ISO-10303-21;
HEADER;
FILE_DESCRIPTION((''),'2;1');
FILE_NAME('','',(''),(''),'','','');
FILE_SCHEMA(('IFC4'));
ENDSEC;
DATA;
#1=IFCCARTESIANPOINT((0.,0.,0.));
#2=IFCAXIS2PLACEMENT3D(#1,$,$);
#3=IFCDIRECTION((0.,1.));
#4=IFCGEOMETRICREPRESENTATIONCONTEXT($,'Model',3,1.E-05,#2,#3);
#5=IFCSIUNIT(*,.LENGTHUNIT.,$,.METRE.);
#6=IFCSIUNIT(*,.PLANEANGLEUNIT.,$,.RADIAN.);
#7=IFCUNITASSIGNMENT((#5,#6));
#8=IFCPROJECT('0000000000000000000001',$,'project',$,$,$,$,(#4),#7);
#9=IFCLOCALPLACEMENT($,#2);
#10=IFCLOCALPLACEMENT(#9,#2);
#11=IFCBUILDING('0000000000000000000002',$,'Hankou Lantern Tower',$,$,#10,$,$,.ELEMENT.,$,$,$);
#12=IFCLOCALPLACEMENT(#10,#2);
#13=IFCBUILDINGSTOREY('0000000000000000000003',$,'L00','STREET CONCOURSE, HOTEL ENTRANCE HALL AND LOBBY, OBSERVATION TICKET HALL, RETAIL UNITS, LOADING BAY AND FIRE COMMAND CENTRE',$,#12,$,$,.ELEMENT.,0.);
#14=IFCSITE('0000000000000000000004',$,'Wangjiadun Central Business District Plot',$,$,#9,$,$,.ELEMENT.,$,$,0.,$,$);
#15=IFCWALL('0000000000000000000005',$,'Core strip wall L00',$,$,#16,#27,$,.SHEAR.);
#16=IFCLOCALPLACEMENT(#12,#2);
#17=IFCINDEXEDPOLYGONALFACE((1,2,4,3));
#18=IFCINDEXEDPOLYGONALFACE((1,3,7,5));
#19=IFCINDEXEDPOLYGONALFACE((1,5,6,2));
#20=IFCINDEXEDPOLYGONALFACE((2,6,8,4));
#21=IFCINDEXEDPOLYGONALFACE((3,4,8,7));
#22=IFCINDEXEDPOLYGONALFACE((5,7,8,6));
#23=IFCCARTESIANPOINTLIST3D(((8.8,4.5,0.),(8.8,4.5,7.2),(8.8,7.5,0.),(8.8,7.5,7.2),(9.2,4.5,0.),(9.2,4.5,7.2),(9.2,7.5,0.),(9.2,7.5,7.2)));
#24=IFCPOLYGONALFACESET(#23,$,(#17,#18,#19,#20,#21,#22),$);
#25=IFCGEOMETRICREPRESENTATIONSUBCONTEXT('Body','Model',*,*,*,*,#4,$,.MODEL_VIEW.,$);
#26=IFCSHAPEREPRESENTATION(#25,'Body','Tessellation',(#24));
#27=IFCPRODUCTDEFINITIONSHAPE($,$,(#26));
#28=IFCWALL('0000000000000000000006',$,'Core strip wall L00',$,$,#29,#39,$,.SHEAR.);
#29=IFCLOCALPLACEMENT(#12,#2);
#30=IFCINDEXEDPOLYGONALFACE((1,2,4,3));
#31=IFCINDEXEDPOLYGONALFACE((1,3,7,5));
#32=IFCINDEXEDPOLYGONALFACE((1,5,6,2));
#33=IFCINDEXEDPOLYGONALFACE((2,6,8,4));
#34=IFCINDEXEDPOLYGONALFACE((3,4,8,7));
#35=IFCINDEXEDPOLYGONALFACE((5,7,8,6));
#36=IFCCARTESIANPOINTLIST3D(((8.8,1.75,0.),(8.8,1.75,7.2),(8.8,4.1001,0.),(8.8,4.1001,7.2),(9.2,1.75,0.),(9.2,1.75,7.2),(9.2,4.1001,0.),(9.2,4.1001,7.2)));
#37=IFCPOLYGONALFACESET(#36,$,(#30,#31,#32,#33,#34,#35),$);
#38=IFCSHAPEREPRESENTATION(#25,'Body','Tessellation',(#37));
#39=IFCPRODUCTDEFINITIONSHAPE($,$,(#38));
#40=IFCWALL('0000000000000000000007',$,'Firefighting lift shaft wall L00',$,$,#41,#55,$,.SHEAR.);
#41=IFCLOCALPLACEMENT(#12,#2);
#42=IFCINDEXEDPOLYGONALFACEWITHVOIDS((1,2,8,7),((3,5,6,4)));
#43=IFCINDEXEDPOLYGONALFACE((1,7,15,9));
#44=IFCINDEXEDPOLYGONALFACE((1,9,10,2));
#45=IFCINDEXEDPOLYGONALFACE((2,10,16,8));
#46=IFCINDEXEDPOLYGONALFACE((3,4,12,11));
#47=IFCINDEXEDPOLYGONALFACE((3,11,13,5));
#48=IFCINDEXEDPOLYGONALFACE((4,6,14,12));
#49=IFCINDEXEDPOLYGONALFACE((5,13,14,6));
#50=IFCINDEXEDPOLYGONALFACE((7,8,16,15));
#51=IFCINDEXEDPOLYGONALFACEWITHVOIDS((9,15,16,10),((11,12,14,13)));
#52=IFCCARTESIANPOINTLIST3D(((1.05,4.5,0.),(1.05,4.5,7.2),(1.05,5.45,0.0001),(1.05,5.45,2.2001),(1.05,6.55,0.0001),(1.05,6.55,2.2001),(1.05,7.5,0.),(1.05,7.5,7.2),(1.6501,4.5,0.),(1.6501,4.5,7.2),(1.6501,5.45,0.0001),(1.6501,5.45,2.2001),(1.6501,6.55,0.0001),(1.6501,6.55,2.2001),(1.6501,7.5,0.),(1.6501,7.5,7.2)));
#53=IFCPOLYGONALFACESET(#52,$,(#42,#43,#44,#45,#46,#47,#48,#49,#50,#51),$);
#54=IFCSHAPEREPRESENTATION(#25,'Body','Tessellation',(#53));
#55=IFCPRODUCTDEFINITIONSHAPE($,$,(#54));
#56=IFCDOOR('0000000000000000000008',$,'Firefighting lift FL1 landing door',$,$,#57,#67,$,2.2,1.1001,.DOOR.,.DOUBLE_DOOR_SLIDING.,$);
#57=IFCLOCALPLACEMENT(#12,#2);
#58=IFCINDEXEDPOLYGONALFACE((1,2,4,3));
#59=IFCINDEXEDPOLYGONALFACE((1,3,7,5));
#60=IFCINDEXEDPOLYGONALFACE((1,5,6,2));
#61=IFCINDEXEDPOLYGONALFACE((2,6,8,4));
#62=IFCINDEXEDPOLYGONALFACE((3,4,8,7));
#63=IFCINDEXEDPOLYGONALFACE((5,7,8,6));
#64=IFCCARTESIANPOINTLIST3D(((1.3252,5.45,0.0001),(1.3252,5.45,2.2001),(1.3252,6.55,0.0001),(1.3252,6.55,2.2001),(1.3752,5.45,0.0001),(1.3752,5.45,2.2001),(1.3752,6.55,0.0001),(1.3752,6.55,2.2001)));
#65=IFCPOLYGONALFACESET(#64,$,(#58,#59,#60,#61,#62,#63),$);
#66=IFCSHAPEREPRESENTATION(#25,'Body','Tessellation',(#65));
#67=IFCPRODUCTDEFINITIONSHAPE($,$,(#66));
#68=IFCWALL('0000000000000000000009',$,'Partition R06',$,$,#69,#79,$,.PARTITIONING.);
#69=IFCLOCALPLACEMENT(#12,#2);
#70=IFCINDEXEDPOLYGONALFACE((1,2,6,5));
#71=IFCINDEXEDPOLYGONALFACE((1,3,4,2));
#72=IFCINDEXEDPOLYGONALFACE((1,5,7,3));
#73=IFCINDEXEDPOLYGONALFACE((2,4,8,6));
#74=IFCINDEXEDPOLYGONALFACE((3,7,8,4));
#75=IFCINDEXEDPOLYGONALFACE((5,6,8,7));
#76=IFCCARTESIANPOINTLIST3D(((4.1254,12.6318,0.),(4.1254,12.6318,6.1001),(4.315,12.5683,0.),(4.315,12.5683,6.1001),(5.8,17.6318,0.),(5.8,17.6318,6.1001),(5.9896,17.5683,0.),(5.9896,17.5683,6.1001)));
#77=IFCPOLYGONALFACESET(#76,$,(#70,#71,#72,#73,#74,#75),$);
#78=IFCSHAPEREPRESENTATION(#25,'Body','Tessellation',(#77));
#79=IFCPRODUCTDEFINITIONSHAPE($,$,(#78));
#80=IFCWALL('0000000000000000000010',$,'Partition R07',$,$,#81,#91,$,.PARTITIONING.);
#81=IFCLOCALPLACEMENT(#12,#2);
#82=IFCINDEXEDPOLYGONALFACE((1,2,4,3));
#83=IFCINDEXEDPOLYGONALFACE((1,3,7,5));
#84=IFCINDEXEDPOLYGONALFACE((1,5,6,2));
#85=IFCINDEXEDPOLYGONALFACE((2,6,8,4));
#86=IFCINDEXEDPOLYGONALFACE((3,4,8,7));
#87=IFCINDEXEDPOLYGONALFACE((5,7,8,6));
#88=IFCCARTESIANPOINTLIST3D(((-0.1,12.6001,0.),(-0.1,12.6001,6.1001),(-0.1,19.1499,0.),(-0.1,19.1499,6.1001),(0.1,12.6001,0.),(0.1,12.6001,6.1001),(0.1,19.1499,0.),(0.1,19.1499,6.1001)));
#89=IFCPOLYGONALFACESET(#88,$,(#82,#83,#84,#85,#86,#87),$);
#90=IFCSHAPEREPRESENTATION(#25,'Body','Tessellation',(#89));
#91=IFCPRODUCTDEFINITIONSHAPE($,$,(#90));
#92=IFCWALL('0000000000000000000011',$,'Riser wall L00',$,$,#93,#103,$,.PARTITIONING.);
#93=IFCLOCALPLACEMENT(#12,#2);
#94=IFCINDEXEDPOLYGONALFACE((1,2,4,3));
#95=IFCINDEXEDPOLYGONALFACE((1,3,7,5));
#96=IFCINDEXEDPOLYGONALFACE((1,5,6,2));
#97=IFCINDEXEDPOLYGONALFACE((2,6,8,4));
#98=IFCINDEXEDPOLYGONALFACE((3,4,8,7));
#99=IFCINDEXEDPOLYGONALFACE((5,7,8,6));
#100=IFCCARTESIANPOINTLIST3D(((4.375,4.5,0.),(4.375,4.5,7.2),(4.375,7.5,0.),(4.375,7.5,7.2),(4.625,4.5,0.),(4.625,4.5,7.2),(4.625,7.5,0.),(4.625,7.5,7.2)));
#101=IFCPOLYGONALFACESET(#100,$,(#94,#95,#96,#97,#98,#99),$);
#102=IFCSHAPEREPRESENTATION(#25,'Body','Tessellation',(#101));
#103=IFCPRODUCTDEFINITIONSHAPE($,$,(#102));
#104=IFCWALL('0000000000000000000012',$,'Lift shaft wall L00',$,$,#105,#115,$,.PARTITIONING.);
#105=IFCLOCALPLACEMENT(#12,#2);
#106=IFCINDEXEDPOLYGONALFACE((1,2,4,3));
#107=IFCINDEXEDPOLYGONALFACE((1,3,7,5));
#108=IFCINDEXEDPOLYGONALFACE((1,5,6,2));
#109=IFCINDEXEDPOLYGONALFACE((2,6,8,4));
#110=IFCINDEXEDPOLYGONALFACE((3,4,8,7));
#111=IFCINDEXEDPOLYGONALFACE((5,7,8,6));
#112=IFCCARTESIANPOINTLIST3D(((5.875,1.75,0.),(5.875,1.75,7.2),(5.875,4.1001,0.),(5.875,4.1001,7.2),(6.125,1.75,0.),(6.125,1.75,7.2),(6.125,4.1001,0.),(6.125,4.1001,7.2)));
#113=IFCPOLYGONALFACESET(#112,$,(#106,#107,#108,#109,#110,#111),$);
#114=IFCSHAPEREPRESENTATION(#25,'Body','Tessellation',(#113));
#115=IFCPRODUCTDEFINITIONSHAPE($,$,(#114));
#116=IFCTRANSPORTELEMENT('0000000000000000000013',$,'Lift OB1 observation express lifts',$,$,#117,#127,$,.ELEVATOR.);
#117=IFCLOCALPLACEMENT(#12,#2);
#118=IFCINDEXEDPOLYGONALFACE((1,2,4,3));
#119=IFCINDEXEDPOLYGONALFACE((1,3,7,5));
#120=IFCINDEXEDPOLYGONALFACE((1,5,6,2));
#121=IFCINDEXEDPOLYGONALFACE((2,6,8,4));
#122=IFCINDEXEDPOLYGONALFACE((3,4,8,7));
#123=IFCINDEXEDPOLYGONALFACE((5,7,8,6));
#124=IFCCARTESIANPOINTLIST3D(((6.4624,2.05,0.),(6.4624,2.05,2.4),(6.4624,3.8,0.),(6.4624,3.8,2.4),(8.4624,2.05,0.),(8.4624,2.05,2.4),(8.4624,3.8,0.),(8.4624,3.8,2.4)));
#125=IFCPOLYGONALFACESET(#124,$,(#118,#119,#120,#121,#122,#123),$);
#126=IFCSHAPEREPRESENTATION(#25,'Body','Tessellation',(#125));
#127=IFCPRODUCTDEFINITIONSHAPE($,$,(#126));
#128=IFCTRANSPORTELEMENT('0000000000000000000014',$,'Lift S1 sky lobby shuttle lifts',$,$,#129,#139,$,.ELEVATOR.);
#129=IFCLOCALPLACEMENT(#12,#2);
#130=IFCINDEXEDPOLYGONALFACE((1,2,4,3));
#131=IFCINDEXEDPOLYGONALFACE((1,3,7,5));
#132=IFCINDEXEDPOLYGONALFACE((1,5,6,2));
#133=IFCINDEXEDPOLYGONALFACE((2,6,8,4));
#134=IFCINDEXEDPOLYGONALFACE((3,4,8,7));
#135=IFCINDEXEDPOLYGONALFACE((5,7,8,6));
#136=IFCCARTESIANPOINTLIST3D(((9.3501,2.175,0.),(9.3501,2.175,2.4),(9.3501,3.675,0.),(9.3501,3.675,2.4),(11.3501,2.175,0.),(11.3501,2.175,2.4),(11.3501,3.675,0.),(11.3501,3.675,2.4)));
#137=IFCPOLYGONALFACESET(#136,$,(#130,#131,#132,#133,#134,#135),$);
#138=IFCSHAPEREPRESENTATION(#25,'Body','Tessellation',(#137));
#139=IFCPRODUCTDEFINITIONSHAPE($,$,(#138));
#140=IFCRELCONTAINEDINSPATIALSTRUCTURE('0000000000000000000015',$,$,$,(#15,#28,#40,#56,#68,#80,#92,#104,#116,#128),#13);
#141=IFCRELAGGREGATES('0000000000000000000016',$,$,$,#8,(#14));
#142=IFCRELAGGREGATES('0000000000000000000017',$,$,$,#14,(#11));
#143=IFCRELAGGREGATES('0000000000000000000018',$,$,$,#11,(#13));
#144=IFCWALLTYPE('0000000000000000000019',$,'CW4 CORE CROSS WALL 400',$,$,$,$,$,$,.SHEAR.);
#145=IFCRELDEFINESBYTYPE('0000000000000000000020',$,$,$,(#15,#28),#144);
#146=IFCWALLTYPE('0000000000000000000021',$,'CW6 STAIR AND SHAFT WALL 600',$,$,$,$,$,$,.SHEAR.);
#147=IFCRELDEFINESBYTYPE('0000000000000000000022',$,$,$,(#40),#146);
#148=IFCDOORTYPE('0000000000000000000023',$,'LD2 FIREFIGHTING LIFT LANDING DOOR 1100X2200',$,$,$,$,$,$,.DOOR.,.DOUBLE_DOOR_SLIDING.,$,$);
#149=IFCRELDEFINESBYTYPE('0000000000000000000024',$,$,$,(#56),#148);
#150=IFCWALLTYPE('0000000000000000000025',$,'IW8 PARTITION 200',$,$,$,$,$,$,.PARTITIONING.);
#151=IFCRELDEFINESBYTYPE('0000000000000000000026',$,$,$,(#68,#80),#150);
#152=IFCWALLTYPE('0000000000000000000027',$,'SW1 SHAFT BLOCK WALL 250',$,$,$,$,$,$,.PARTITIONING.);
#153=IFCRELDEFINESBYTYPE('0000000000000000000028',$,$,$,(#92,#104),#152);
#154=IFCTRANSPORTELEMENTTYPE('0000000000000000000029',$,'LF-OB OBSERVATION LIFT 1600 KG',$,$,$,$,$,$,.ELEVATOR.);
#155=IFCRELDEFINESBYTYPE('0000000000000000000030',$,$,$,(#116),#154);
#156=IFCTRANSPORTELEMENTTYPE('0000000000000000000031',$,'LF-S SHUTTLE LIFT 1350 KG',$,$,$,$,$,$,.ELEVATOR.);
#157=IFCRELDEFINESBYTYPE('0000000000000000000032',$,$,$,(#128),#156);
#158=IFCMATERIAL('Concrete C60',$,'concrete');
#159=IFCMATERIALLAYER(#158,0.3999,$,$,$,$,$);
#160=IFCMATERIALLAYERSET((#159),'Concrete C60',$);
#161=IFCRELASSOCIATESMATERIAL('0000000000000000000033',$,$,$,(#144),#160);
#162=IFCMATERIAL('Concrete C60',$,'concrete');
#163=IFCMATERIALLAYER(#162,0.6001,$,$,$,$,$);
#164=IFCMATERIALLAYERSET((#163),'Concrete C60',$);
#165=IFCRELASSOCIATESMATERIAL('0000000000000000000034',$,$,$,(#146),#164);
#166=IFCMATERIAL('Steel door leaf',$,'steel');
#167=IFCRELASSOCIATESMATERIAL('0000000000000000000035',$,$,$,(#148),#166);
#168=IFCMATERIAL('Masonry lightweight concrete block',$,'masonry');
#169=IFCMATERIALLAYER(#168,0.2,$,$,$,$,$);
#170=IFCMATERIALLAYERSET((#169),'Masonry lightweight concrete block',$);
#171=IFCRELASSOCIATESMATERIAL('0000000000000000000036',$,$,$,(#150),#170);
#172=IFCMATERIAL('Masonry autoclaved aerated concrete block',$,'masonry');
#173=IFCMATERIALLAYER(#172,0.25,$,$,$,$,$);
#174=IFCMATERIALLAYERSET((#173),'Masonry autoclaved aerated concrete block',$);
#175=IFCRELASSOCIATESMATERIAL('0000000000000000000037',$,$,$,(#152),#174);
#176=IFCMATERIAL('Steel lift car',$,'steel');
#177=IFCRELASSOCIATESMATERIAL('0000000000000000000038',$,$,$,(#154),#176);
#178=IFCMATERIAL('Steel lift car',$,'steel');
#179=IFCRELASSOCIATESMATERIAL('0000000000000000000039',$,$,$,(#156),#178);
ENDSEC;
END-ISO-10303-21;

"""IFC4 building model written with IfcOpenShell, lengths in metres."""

from ifc_helpers import new_model, si_unit, direction, frame, frame_2d, origin, origin_2d, place, context, subcontext, project, spatial, rectangle, extrude, material, layer, layer_set, type_object, element, fill, save


model = new_model("IFC4")

# Units and contexts
model_context = context("Model", 3, precision=1e-05, world=origin(), true_north=direction((0.0, 1.0)))
body_context = subcontext(model_context, "Body", "Model", "MODEL_VIEW")
ifc_project = project(units=[si_unit("LENGTHUNIT", "METRE"), si_unit("PLANEANGLEUNIT", "RADIAN")], contexts=[model_context])

# Site, building, storey
site_placement = place(None, origin())
site = spatial("IfcSite", under=ifc_project, at=site_placement, Name="Wangjiadun Central Business District Plot", CompositionType="ELEMENT", RefElevation=0.0)
building_placement = place(site_placement, origin())
building = spatial("IfcBuilding", under=site, at=building_placement, Name="Hankou Lantern Tower", CompositionType="ELEMENT")
storey_placement = place(building_placement, origin())
storey = spatial("IfcBuildingStorey", under=building, at=storey_placement, Name="L00", Description="STREET CONCOURSE, HOTEL ENTRANCE HALL AND LOBBY, OBSERVATION TICKET HALL, RETAIL UNITS, LOADING BAY AND FIRE COMMAND CENTRE", CompositionType="ELEMENT", Elevation=0.0)

# Walls
ifc_material_1 = material(Name="Concrete C60", Category="concrete")
ifc_layer_1 = layer(ifc_material_1, 0.3999)
ifc_layer_set_1 = layer_set([ifc_layer_1], Name="Concrete C60")
wall_type_1 = type_object("IfcWallType", Name="CW4 CORE CROSS WALL 400", PredefinedType="SHEAR", material=ifc_layer_set_1)
wall_1_placement = place(storey_placement, frame((9.0, 4.5, 0.0), z_axis=(0.0, 0.0, 1.0), x_axis=(0.0, 1.0, 0.0)))
element("IfcWall", 1, at=wall_1_placement, inside=storey, type_object=wall_type_1, Name="Core strip wall L00", PredefinedType="SHEAR", context=body_context, shape_type="SweptSolid", body=[
    extrude(rectangle(XDim=3.0, YDim=0.3999, at=frame_2d((1.5, 0.0))), origin(), (0.0, 0.0, 1.0), 7.2),
])
wall_2_placement = place(storey_placement, frame((9.0, 1.75, 0.0), z_axis=(0.0, 0.0, 1.0), x_axis=(0.0, 1.0, 0.0)))
element("IfcWall", 2, at=wall_2_placement, inside=storey, type_object=wall_type_1, Name="Core strip wall L00", PredefinedType="SHEAR", context=body_context, shape_type="SweptSolid", body=[
    extrude(rectangle(XDim=2.3501, YDim=0.3999, at=frame_2d((1.175, 0.0))), origin(), (0.0, 0.0, 1.0), 7.2),
])

# Wall, opening, door
ifc_material_2 = material(Name="Concrete C60", Category="concrete")
ifc_layer_2 = layer(ifc_material_2, 0.6001)
ifc_layer_set_2 = layer_set([ifc_layer_2], Name="Concrete C60")
wall_type_2 = type_object("IfcWallType", Name="CW6 STAIR AND SHAFT WALL 600", PredefinedType="SHEAR", material=ifc_layer_set_2)
wall_3_placement = place(storey_placement, frame((1.3501, 4.5, 0.0), z_axis=(0.0, 0.0, 1.0), x_axis=(0.0, 1.0, 0.0)))
wall_3 = element("IfcWall", 3, at=wall_3_placement, inside=storey, type_object=wall_type_2, Name="Firefighting lift shaft wall L00", PredefinedType="SHEAR", context=body_context, shape_type="SweptSolid", body=[
    extrude(rectangle(XDim=3.0, YDim=0.6001, at=frame_2d((1.5, 0.0))), origin(), (0.0, 0.0, 1.0), 7.2),
])
opening_placement = place(wall_3_placement, frame((0.95, 0.0, 0.0)))
opening = element("IfcOpeningElement", 4, at=opening_placement, cuts=wall_3, PredefinedType="OPENING", context=body_context, shape_type="SweptSolid", body=[
    extrude(rectangle(XDim=1.1001, YDim=2.2, at=frame_2d((0.55, 1.1001))), frame((0.0, 0.3101, 0.0), z_axis=(0.0, -1.0, 0.0), x_axis=(1.0, 0.0, 0.0)), (0.0, 0.0, 1.0), 0.6201),
])
ifc_material_3 = material(Name="Steel door leaf", Category="steel")
door_type = type_object("IfcDoorType", Name="LD2 FIREFIGHTING LIFT LANDING DOOR 1100X2200", OperationType="DOUBLE_DOOR_SLIDING", PredefinedType="DOOR", material=ifc_material_3)
door_placement = place(opening_placement, origin())
door = element("IfcDoor", 5, at=door_placement, inside=storey, type_object=door_type, Name="Firefighting lift FL1 landing door", OperationType="DOUBLE_DOOR_SLIDING", OverallHeight=2.2, OverallWidth=1.1001, PredefinedType="DOOR", context=body_context, shape_type="SweptSolid", body=[
    extrude(rectangle(XDim=1.1001, YDim=2.2, at=frame_2d((0.55, 1.1001))), frame((0.0, 0.0249, 0.0), z_axis=(0.0, -1.0, 0.0), x_axis=(1.0, 0.0, 0.0)), (0.0, 0.0, 1.0), 0.05),
])
fill(opening, door)

# Walls
ifc_material_4 = material(Name="Masonry lightweight concrete block", Category="masonry")
ifc_layer_3 = layer(ifc_material_4, 0.2)
ifc_layer_set_3 = layer_set([ifc_layer_3], Name="Masonry lightweight concrete block")
wall_type_3 = type_object("IfcWallType", Name="IW8 PARTITION 200", PredefinedType="PARTITIONING", material=ifc_layer_set_3)
wall_4_placement = place(storey_placement, frame((4.2202, 12.6001, 0.0), z_axis=(0.0, 0.0, 1.0), x_axis=(0.317575, 0.948233, 0.0)))
element("IfcWall", 6, at=wall_4_placement, inside=storey, type_object=wall_type_3, Name="Partition R06", PredefinedType="PARTITIONING", context=body_context, shape_type="SweptSolid", body=[
    extrude(rectangle(XDim=5.2729, YDim=0.2, at=frame_2d((2.6365, 0.0))), origin(), (0.0, 0.0, 1.0), 6.1001),
])
wall_5_placement = place(storey_placement, frame((0.0, 12.6001, 0.0), z_axis=(0.0, 0.0, 1.0), x_axis=(0.0, 1.0, 0.0)))
element("IfcWall", 7, at=wall_5_placement, inside=storey, type_object=wall_type_3, Name="Partition R07", PredefinedType="PARTITIONING", context=body_context, shape_type="SweptSolid", body=[
    extrude(rectangle(XDim=6.5498, YDim=0.2, at=frame_2d((3.2749, 0.0))), origin(), (0.0, 0.0, 1.0), 6.1001),
])
ifc_material_5 = material(Name="Masonry autoclaved aerated concrete block", Category="masonry")
ifc_layer_4 = layer(ifc_material_5, 0.25)
ifc_layer_set_4 = layer_set([ifc_layer_4], Name="Masonry autoclaved aerated concrete block")
wall_type_4 = type_object("IfcWallType", Name="SW1 SHAFT BLOCK WALL 250", PredefinedType="PARTITIONING", material=ifc_layer_set_4)
wall_6_placement = place(storey_placement, frame((4.5, 4.5, 0.0), z_axis=(0.0, 0.0, 1.0), x_axis=(0.0, 1.0, 0.0)))
element("IfcWall", 8, at=wall_6_placement, inside=storey, type_object=wall_type_4, Name="Riser wall L00", PredefinedType="PARTITIONING", context=body_context, shape_type="SweptSolid", body=[
    extrude(rectangle(XDim=3.0, YDim=0.25, at=frame_2d((1.5, 0.0))), origin(), (0.0, 0.0, 1.0), 7.2),
])
wall_7_placement = place(storey_placement, frame((6.0, 1.75, 0.0), z_axis=(0.0, 0.0, 1.0), x_axis=(0.0, 1.0, 0.0)))
element("IfcWall", 9, at=wall_7_placement, inside=storey, type_object=wall_type_4, Name="Lift shaft wall L00", PredefinedType="PARTITIONING", context=body_context, shape_type="SweptSolid", body=[
    extrude(rectangle(XDim=2.3501, YDim=0.25, at=frame_2d((1.175, 0.0))), origin(), (0.0, 0.0, 1.0), 7.2),
])

# Transport elements
ifc_material_6 = material(Name="Steel lift car", Category="steel")
transport_element_type_1 = type_object("IfcTransportElementType", Name="LF-OB OBSERVATION LIFT 1600 KG", PredefinedType="ELEVATOR", material=ifc_material_6)
transport_element_1_placement = place(storey_placement, frame((7.4624, 2.925, 0.0), z_axis=(0.0, 0.0, 1.0), x_axis=(1.0, 0.0, 0.0)))
element("IfcTransportElement", 10, at=transport_element_1_placement, inside=storey, type_object=transport_element_type_1, Name="Lift OB1 observation express lifts", PredefinedType="ELEVATOR", context=body_context, shape_type="SweptSolid", body=[
    extrude(rectangle(XDim=2.0, YDim=1.75, at=origin_2d()), origin(), (0.0, 0.0, 1.0), 2.4),
])
ifc_material_7 = material(Name="Steel lift car", Category="steel")
transport_element_type_2 = type_object("IfcTransportElementType", Name="LF-S SHUTTLE LIFT 1350 KG", PredefinedType="ELEVATOR", material=ifc_material_7)
transport_element_2_placement = place(storey_placement, frame((10.3501, 2.925, 0.0), z_axis=(0.0, 0.0, 1.0), x_axis=(1.0, 0.0, 0.0)))
element("IfcTransportElement", 11, at=transport_element_2_placement, inside=storey, type_object=transport_element_type_2, Name="Lift S1 sky lobby shuttle lifts", PredefinedType="ELEVATOR", context=body_context, shape_type="SweptSolid", body=[
    extrude(rectangle(XDim=2.0, YDim=1.5, at=origin_2d()), origin(), (0.0, 0.0, 1.0), 2.4),
])

save(model, "model.ifc")
